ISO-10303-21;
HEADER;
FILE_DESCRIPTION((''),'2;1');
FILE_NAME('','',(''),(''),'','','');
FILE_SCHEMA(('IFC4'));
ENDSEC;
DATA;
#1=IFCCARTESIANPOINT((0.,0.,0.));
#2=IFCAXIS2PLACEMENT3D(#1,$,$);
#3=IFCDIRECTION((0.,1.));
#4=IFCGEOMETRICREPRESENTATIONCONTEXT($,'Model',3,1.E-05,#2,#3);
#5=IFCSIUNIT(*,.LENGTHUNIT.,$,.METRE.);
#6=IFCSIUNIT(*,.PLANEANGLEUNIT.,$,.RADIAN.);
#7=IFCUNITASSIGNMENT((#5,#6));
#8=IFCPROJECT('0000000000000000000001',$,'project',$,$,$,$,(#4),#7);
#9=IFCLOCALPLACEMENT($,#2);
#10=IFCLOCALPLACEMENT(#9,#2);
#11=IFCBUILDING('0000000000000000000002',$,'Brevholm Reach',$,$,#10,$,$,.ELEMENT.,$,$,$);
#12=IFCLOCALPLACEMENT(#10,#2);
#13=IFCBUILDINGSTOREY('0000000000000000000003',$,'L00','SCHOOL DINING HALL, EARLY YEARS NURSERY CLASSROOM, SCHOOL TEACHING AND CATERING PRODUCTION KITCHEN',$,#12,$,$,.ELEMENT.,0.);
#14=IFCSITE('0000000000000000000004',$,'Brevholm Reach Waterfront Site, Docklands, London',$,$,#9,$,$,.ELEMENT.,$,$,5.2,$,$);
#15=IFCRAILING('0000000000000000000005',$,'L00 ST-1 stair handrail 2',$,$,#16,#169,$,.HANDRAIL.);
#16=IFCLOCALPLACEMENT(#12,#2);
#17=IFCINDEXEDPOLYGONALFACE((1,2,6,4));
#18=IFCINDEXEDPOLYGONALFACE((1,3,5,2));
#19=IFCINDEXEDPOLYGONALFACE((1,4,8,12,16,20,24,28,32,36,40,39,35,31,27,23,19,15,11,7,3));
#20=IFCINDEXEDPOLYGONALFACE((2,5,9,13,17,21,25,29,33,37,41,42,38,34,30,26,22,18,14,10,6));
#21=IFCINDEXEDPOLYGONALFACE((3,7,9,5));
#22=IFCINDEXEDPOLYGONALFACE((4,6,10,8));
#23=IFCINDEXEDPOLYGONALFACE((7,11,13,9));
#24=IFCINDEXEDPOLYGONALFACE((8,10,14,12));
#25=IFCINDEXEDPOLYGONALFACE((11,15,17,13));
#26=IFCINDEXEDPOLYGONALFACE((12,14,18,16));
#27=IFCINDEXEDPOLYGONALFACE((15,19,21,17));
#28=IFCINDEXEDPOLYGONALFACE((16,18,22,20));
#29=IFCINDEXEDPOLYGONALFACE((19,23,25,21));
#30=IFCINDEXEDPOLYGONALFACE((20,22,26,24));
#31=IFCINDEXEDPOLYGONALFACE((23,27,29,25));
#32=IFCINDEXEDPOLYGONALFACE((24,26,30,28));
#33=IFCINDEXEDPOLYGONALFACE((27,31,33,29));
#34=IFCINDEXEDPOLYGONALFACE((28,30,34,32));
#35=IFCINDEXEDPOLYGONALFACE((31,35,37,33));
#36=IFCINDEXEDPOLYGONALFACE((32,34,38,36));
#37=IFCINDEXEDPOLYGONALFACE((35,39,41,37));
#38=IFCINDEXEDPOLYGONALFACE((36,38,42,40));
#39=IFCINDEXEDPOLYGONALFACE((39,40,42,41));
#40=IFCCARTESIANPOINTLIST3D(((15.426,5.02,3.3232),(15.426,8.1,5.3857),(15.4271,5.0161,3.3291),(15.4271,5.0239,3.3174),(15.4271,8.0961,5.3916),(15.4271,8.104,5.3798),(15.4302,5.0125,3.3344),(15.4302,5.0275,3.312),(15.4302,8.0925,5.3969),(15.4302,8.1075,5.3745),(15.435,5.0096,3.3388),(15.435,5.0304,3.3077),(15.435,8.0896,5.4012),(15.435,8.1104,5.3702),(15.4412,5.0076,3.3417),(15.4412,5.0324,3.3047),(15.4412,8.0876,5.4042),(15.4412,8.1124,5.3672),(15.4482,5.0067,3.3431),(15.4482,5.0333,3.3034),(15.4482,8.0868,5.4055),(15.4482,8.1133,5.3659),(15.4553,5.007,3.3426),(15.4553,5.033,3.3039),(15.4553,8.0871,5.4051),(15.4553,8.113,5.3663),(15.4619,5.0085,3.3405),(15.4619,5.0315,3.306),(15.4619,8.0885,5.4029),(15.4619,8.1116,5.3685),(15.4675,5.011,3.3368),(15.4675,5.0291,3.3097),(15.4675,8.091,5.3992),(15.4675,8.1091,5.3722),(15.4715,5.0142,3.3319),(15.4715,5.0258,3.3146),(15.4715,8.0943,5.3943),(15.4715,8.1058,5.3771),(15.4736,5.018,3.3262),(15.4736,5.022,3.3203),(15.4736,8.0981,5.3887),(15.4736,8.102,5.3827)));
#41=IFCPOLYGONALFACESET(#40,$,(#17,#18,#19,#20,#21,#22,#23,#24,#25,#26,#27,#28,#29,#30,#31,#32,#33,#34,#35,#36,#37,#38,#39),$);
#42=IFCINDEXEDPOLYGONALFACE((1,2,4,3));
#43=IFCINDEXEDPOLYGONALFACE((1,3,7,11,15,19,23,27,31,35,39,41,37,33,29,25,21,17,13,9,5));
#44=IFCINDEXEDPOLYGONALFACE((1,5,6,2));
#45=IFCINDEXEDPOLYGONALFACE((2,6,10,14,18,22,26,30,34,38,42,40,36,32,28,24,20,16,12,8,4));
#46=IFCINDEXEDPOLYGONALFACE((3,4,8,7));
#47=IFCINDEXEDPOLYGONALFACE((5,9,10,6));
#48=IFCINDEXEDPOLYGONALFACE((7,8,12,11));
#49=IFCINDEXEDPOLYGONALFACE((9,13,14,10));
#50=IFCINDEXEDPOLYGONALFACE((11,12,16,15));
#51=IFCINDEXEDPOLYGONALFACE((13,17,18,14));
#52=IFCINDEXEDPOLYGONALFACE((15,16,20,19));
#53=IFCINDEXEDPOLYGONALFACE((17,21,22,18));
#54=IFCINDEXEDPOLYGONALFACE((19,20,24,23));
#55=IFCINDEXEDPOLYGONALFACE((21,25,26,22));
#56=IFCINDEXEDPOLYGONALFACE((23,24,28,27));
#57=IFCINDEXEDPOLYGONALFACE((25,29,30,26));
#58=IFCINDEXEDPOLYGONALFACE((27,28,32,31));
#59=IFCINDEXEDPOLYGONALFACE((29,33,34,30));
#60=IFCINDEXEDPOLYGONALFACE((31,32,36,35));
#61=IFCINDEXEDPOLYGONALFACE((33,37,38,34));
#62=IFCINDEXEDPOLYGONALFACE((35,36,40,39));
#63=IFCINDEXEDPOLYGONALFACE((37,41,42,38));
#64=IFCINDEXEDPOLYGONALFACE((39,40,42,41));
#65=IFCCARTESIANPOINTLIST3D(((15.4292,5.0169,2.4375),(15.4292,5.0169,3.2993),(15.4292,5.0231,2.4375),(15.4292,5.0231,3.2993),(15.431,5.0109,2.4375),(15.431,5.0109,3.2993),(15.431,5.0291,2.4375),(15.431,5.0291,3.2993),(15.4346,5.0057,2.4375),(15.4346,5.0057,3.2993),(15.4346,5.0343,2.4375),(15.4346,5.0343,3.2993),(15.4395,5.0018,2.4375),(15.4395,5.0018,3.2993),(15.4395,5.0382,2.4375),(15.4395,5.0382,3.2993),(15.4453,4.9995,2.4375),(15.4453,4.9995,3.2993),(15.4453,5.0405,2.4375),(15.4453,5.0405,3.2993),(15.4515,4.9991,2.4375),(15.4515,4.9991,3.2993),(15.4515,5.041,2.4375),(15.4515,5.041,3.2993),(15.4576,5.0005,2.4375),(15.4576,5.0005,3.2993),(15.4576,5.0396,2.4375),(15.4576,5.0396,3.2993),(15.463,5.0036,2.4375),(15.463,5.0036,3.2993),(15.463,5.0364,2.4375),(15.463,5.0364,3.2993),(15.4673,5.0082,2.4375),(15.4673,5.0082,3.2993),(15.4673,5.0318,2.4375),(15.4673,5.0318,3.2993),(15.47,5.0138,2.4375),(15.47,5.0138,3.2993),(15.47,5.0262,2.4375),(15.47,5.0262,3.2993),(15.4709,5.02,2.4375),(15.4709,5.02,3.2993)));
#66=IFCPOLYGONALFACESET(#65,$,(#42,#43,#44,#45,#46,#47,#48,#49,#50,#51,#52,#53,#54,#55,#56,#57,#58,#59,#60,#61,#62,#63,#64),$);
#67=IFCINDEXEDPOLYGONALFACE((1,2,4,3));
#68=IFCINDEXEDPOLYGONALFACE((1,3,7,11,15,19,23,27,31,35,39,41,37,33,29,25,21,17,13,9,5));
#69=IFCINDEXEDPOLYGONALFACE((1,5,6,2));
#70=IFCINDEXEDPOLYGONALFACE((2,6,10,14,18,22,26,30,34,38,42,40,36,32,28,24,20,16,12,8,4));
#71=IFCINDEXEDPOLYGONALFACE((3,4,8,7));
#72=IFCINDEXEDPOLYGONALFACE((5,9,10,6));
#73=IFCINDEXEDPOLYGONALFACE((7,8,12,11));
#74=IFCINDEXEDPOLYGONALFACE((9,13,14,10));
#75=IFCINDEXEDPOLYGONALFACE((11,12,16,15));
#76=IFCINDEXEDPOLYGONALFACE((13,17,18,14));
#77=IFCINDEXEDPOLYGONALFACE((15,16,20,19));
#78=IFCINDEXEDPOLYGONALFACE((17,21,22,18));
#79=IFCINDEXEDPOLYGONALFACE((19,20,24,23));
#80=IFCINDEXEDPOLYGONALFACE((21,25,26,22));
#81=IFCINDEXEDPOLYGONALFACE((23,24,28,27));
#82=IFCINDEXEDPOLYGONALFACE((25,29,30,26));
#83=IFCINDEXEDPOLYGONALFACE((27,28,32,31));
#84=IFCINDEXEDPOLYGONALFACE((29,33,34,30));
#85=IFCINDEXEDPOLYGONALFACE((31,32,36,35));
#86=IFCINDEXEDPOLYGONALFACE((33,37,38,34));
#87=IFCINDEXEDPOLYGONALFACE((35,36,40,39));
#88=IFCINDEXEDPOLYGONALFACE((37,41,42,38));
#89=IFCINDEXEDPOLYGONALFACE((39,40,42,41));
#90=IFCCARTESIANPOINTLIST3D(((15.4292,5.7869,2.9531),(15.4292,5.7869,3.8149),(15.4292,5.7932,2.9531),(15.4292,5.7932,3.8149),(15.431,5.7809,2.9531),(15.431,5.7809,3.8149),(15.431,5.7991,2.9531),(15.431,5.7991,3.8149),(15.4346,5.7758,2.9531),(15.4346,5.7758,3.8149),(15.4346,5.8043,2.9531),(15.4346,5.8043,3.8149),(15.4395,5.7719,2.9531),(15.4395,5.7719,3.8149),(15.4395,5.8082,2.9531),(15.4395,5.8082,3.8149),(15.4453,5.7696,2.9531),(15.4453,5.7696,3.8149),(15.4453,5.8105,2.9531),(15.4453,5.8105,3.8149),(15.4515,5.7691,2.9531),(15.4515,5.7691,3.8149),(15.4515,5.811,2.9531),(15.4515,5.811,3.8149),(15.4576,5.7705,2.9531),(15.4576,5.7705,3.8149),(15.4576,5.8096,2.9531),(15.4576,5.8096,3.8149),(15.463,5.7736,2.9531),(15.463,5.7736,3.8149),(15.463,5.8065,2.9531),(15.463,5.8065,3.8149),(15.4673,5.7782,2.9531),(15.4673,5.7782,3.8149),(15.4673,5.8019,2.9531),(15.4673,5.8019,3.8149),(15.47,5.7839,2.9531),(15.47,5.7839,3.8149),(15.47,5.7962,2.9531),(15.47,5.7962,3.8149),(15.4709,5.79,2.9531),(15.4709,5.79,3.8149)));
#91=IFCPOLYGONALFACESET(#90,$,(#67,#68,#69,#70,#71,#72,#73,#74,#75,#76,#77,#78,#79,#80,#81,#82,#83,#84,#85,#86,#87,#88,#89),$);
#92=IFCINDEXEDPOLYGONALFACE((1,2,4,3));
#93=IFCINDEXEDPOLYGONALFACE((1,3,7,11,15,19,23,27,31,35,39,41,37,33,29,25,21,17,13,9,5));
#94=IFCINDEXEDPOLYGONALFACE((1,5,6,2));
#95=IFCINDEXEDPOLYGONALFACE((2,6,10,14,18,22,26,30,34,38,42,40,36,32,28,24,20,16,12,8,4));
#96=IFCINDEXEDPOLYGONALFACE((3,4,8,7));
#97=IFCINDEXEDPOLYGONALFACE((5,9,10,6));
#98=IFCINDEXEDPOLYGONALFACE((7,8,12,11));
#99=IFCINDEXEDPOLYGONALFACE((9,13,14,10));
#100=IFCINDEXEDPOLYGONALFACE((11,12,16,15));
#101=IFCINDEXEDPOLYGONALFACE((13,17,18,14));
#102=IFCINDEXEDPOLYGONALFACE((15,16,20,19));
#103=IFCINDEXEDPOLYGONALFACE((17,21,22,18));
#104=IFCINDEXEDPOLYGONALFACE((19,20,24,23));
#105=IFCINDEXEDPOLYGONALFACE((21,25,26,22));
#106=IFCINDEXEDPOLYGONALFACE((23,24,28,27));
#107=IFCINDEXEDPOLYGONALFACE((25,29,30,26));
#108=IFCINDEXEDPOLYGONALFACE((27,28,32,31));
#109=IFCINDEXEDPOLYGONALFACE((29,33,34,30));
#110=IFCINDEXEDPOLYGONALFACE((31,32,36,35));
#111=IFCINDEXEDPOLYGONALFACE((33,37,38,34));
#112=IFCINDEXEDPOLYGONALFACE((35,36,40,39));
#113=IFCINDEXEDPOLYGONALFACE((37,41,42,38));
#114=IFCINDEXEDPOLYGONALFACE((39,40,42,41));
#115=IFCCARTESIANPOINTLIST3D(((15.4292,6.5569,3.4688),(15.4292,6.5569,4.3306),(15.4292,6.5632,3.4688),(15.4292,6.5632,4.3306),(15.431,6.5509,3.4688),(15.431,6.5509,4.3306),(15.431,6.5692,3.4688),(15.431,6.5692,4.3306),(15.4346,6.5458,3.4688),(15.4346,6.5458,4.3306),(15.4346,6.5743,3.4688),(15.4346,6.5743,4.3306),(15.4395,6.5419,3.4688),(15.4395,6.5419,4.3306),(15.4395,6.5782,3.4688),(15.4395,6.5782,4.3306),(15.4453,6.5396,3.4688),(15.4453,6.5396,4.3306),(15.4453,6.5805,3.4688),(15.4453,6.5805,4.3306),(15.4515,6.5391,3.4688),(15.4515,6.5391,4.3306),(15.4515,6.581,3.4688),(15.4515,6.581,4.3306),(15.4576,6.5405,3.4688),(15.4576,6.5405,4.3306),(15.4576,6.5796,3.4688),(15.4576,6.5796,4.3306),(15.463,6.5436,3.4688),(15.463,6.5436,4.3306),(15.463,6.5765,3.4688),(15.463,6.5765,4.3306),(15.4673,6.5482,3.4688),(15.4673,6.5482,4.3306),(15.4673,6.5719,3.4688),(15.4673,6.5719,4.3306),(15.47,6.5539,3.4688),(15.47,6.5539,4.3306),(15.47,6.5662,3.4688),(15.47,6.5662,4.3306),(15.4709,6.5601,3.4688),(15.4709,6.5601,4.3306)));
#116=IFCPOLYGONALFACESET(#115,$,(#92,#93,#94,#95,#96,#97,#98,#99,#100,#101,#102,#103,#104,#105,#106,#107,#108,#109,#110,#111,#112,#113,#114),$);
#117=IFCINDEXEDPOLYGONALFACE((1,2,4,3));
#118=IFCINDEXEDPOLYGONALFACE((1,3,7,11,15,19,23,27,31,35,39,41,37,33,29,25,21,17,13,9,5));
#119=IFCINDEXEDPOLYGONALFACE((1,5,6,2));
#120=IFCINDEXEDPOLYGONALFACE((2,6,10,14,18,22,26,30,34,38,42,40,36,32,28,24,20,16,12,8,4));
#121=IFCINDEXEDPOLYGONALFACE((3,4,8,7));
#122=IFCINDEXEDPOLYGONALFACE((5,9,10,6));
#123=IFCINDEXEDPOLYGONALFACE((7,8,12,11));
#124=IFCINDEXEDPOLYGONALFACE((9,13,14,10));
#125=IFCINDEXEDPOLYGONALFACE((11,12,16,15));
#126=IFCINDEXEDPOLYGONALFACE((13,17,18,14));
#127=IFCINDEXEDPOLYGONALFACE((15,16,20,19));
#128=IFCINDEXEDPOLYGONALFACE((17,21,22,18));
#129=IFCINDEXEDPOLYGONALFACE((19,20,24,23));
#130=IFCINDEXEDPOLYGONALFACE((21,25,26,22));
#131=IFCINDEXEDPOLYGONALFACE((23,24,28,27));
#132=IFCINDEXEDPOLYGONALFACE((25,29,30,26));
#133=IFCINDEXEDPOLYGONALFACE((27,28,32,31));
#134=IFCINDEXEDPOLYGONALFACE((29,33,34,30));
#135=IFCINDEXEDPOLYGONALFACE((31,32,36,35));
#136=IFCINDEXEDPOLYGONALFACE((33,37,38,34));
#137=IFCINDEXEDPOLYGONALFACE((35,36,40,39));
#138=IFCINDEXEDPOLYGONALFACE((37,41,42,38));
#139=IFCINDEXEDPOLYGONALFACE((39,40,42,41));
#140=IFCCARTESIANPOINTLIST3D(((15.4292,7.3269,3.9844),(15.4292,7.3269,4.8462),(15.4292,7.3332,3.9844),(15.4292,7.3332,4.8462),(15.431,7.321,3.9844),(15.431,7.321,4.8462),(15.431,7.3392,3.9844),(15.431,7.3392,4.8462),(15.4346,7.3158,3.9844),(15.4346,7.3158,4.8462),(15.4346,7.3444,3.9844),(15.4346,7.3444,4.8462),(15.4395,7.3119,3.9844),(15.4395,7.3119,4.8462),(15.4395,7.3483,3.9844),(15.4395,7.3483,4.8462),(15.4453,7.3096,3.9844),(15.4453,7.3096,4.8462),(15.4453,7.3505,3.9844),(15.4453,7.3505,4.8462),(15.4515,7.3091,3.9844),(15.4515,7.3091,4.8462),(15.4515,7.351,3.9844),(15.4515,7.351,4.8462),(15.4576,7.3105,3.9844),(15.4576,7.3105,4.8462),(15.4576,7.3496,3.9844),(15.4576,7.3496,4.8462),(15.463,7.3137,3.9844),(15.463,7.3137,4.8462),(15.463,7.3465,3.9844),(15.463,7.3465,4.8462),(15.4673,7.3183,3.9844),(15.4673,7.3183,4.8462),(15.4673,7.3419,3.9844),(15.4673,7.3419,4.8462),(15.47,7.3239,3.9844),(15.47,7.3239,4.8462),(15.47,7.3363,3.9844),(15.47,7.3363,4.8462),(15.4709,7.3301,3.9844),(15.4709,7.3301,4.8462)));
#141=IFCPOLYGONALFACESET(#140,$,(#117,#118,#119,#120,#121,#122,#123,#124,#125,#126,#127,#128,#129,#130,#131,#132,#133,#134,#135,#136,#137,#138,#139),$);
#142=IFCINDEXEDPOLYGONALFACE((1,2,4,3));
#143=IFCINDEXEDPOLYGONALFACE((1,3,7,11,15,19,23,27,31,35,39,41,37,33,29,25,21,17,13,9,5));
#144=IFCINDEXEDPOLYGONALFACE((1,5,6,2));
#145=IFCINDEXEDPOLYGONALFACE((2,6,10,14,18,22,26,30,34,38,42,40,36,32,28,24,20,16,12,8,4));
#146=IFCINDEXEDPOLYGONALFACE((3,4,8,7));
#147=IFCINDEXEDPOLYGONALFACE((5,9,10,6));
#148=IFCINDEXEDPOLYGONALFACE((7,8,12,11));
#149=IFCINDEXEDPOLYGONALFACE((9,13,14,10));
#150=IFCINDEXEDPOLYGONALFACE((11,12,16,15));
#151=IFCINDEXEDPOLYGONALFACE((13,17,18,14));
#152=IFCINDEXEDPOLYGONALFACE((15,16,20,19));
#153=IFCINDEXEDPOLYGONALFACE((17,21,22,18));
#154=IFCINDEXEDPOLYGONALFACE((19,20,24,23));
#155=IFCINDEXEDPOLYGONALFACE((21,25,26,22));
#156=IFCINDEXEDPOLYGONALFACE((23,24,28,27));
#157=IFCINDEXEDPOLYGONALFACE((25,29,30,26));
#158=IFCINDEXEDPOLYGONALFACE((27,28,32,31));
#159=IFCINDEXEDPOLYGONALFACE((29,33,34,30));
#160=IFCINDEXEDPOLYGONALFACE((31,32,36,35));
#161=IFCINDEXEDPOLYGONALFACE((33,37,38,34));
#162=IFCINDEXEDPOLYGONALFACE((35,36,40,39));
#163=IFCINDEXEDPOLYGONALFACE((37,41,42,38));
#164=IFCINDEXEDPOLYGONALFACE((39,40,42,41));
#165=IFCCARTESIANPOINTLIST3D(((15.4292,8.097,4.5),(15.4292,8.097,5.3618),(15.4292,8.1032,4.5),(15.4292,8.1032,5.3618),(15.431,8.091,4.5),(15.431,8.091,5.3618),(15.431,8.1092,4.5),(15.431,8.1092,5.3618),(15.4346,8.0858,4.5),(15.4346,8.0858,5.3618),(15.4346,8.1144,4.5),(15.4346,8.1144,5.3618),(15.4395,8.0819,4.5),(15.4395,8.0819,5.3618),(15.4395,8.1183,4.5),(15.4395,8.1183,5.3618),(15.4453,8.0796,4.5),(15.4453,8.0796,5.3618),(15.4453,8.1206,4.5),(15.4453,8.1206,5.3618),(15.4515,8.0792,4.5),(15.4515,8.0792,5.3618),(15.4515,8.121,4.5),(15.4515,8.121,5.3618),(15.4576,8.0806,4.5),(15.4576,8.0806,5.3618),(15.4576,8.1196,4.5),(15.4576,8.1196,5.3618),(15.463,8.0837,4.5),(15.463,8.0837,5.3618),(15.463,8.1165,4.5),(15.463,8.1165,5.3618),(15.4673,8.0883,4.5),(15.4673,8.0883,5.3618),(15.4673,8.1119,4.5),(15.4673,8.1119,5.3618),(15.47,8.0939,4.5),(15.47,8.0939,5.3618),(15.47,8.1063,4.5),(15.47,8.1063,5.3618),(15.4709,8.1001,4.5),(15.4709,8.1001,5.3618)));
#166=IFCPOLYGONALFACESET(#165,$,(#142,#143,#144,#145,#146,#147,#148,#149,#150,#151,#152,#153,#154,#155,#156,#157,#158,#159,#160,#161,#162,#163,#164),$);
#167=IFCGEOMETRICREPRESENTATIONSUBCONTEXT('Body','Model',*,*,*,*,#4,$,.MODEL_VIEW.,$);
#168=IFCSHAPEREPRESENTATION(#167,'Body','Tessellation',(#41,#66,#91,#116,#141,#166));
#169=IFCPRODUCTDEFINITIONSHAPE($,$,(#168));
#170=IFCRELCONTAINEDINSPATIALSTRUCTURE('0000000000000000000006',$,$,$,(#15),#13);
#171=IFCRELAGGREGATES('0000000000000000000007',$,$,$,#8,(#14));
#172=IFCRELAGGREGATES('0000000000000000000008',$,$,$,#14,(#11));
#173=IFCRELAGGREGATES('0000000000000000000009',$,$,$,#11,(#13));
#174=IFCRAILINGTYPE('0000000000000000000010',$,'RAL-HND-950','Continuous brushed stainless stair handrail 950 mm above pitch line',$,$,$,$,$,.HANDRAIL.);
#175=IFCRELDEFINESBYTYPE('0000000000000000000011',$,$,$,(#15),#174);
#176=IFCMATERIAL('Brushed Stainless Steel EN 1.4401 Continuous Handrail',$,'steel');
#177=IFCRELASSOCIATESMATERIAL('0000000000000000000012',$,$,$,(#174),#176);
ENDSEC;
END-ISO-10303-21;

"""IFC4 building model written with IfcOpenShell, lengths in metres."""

from ifc_helpers import new_model, si_unit, direction, frame, origin, origin_2d, place, context, subcontext, project, spatial, circle, extrude, material, type_object, element, save


model = new_model("IFC4")

# Units and contexts
model_context = context("Model", 3, precision=1e-05, world=origin(), true_north=direction((0.0, 1.0)))
body_context = subcontext(model_context, "Body", "Model", "MODEL_VIEW")
ifc_project = project(units=[si_unit("LENGTHUNIT", "METRE"), si_unit("PLANEANGLEUNIT", "RADIAN")], contexts=[model_context])

# Site, building, storey
site_placement = place(None, origin())
site = spatial("IfcSite", under=ifc_project, at=site_placement, Name="Brevholm Reach Waterfront Site, Docklands, London", CompositionType="ELEMENT", RefElevation=5.2)
building_placement = place(site_placement, origin())
building = spatial("IfcBuilding", under=site, at=building_placement, Name="Brevholm Reach", CompositionType="ELEMENT")
storey_placement = place(building_placement, origin())
storey = spatial("IfcBuildingStorey", under=building, at=storey_placement, Name="L00", Description="SCHOOL DINING HALL, EARLY YEARS NURSERY CLASSROOM, SCHOOL TEACHING AND CATERING PRODUCTION KITCHEN", CompositionType="ELEMENT", Elevation=0.0)

# Railing
ifc_material_1 = material(Name="Brushed Stainless Steel EN 1.4401 Continuous Handrail", Category="steel")
railing_type_1 = type_object("IfcRailingType", Name="RAL-HND-950", Description="Continuous brushed stainless stair handrail 950 mm above pitch line", PredefinedType="HANDRAIL", material=ifc_material_1)
railing_1_placement = place(storey_placement, frame((15.45, 5.02, 2.4375)))
element("IfcRailing", 1, at=railing_1_placement, inside=storey, type_object=railing_type_1, Name="L00 ST-1 stair handrail 2", PredefinedType="HANDRAIL", context=body_context, shape_type="SweptSolid", body=[
    extrude(circle(Radius=0.0239, at=origin_2d()), frame((0.0, 0.0, 0.8857), z_axis=(0.0, 0.830914, 0.556401), x_axis=(-1.0, 0.0, 0.0)), (0.0, 0.0, 1.0), 3.7068),
    extrude(circle(Radius=0.021, at=origin_2d()), origin(), (0.0, 0.0, 1.0), 0.8618),
    extrude(circle(Radius=0.021, at=origin_2d()), frame((0.0, 0.77, 0.5156)), (0.0, 0.0, 1.0), 0.8618),
    extrude(circle(Radius=0.021, at=origin_2d()), frame((0.0, 1.54, 1.0312)), (0.0, 0.0, 1.0), 0.8618),
    extrude(circle(Radius=0.021, at=origin_2d()), frame((0.0, 2.3101, 1.5469)), (0.0, 0.0, 1.0), 0.8618),
    extrude(circle(Radius=0.021, at=origin_2d()), frame((0.0, 3.0801, 2.0625)), (0.0, 0.0, 1.0), 0.8618),
])

save(model, "model.ifc")
